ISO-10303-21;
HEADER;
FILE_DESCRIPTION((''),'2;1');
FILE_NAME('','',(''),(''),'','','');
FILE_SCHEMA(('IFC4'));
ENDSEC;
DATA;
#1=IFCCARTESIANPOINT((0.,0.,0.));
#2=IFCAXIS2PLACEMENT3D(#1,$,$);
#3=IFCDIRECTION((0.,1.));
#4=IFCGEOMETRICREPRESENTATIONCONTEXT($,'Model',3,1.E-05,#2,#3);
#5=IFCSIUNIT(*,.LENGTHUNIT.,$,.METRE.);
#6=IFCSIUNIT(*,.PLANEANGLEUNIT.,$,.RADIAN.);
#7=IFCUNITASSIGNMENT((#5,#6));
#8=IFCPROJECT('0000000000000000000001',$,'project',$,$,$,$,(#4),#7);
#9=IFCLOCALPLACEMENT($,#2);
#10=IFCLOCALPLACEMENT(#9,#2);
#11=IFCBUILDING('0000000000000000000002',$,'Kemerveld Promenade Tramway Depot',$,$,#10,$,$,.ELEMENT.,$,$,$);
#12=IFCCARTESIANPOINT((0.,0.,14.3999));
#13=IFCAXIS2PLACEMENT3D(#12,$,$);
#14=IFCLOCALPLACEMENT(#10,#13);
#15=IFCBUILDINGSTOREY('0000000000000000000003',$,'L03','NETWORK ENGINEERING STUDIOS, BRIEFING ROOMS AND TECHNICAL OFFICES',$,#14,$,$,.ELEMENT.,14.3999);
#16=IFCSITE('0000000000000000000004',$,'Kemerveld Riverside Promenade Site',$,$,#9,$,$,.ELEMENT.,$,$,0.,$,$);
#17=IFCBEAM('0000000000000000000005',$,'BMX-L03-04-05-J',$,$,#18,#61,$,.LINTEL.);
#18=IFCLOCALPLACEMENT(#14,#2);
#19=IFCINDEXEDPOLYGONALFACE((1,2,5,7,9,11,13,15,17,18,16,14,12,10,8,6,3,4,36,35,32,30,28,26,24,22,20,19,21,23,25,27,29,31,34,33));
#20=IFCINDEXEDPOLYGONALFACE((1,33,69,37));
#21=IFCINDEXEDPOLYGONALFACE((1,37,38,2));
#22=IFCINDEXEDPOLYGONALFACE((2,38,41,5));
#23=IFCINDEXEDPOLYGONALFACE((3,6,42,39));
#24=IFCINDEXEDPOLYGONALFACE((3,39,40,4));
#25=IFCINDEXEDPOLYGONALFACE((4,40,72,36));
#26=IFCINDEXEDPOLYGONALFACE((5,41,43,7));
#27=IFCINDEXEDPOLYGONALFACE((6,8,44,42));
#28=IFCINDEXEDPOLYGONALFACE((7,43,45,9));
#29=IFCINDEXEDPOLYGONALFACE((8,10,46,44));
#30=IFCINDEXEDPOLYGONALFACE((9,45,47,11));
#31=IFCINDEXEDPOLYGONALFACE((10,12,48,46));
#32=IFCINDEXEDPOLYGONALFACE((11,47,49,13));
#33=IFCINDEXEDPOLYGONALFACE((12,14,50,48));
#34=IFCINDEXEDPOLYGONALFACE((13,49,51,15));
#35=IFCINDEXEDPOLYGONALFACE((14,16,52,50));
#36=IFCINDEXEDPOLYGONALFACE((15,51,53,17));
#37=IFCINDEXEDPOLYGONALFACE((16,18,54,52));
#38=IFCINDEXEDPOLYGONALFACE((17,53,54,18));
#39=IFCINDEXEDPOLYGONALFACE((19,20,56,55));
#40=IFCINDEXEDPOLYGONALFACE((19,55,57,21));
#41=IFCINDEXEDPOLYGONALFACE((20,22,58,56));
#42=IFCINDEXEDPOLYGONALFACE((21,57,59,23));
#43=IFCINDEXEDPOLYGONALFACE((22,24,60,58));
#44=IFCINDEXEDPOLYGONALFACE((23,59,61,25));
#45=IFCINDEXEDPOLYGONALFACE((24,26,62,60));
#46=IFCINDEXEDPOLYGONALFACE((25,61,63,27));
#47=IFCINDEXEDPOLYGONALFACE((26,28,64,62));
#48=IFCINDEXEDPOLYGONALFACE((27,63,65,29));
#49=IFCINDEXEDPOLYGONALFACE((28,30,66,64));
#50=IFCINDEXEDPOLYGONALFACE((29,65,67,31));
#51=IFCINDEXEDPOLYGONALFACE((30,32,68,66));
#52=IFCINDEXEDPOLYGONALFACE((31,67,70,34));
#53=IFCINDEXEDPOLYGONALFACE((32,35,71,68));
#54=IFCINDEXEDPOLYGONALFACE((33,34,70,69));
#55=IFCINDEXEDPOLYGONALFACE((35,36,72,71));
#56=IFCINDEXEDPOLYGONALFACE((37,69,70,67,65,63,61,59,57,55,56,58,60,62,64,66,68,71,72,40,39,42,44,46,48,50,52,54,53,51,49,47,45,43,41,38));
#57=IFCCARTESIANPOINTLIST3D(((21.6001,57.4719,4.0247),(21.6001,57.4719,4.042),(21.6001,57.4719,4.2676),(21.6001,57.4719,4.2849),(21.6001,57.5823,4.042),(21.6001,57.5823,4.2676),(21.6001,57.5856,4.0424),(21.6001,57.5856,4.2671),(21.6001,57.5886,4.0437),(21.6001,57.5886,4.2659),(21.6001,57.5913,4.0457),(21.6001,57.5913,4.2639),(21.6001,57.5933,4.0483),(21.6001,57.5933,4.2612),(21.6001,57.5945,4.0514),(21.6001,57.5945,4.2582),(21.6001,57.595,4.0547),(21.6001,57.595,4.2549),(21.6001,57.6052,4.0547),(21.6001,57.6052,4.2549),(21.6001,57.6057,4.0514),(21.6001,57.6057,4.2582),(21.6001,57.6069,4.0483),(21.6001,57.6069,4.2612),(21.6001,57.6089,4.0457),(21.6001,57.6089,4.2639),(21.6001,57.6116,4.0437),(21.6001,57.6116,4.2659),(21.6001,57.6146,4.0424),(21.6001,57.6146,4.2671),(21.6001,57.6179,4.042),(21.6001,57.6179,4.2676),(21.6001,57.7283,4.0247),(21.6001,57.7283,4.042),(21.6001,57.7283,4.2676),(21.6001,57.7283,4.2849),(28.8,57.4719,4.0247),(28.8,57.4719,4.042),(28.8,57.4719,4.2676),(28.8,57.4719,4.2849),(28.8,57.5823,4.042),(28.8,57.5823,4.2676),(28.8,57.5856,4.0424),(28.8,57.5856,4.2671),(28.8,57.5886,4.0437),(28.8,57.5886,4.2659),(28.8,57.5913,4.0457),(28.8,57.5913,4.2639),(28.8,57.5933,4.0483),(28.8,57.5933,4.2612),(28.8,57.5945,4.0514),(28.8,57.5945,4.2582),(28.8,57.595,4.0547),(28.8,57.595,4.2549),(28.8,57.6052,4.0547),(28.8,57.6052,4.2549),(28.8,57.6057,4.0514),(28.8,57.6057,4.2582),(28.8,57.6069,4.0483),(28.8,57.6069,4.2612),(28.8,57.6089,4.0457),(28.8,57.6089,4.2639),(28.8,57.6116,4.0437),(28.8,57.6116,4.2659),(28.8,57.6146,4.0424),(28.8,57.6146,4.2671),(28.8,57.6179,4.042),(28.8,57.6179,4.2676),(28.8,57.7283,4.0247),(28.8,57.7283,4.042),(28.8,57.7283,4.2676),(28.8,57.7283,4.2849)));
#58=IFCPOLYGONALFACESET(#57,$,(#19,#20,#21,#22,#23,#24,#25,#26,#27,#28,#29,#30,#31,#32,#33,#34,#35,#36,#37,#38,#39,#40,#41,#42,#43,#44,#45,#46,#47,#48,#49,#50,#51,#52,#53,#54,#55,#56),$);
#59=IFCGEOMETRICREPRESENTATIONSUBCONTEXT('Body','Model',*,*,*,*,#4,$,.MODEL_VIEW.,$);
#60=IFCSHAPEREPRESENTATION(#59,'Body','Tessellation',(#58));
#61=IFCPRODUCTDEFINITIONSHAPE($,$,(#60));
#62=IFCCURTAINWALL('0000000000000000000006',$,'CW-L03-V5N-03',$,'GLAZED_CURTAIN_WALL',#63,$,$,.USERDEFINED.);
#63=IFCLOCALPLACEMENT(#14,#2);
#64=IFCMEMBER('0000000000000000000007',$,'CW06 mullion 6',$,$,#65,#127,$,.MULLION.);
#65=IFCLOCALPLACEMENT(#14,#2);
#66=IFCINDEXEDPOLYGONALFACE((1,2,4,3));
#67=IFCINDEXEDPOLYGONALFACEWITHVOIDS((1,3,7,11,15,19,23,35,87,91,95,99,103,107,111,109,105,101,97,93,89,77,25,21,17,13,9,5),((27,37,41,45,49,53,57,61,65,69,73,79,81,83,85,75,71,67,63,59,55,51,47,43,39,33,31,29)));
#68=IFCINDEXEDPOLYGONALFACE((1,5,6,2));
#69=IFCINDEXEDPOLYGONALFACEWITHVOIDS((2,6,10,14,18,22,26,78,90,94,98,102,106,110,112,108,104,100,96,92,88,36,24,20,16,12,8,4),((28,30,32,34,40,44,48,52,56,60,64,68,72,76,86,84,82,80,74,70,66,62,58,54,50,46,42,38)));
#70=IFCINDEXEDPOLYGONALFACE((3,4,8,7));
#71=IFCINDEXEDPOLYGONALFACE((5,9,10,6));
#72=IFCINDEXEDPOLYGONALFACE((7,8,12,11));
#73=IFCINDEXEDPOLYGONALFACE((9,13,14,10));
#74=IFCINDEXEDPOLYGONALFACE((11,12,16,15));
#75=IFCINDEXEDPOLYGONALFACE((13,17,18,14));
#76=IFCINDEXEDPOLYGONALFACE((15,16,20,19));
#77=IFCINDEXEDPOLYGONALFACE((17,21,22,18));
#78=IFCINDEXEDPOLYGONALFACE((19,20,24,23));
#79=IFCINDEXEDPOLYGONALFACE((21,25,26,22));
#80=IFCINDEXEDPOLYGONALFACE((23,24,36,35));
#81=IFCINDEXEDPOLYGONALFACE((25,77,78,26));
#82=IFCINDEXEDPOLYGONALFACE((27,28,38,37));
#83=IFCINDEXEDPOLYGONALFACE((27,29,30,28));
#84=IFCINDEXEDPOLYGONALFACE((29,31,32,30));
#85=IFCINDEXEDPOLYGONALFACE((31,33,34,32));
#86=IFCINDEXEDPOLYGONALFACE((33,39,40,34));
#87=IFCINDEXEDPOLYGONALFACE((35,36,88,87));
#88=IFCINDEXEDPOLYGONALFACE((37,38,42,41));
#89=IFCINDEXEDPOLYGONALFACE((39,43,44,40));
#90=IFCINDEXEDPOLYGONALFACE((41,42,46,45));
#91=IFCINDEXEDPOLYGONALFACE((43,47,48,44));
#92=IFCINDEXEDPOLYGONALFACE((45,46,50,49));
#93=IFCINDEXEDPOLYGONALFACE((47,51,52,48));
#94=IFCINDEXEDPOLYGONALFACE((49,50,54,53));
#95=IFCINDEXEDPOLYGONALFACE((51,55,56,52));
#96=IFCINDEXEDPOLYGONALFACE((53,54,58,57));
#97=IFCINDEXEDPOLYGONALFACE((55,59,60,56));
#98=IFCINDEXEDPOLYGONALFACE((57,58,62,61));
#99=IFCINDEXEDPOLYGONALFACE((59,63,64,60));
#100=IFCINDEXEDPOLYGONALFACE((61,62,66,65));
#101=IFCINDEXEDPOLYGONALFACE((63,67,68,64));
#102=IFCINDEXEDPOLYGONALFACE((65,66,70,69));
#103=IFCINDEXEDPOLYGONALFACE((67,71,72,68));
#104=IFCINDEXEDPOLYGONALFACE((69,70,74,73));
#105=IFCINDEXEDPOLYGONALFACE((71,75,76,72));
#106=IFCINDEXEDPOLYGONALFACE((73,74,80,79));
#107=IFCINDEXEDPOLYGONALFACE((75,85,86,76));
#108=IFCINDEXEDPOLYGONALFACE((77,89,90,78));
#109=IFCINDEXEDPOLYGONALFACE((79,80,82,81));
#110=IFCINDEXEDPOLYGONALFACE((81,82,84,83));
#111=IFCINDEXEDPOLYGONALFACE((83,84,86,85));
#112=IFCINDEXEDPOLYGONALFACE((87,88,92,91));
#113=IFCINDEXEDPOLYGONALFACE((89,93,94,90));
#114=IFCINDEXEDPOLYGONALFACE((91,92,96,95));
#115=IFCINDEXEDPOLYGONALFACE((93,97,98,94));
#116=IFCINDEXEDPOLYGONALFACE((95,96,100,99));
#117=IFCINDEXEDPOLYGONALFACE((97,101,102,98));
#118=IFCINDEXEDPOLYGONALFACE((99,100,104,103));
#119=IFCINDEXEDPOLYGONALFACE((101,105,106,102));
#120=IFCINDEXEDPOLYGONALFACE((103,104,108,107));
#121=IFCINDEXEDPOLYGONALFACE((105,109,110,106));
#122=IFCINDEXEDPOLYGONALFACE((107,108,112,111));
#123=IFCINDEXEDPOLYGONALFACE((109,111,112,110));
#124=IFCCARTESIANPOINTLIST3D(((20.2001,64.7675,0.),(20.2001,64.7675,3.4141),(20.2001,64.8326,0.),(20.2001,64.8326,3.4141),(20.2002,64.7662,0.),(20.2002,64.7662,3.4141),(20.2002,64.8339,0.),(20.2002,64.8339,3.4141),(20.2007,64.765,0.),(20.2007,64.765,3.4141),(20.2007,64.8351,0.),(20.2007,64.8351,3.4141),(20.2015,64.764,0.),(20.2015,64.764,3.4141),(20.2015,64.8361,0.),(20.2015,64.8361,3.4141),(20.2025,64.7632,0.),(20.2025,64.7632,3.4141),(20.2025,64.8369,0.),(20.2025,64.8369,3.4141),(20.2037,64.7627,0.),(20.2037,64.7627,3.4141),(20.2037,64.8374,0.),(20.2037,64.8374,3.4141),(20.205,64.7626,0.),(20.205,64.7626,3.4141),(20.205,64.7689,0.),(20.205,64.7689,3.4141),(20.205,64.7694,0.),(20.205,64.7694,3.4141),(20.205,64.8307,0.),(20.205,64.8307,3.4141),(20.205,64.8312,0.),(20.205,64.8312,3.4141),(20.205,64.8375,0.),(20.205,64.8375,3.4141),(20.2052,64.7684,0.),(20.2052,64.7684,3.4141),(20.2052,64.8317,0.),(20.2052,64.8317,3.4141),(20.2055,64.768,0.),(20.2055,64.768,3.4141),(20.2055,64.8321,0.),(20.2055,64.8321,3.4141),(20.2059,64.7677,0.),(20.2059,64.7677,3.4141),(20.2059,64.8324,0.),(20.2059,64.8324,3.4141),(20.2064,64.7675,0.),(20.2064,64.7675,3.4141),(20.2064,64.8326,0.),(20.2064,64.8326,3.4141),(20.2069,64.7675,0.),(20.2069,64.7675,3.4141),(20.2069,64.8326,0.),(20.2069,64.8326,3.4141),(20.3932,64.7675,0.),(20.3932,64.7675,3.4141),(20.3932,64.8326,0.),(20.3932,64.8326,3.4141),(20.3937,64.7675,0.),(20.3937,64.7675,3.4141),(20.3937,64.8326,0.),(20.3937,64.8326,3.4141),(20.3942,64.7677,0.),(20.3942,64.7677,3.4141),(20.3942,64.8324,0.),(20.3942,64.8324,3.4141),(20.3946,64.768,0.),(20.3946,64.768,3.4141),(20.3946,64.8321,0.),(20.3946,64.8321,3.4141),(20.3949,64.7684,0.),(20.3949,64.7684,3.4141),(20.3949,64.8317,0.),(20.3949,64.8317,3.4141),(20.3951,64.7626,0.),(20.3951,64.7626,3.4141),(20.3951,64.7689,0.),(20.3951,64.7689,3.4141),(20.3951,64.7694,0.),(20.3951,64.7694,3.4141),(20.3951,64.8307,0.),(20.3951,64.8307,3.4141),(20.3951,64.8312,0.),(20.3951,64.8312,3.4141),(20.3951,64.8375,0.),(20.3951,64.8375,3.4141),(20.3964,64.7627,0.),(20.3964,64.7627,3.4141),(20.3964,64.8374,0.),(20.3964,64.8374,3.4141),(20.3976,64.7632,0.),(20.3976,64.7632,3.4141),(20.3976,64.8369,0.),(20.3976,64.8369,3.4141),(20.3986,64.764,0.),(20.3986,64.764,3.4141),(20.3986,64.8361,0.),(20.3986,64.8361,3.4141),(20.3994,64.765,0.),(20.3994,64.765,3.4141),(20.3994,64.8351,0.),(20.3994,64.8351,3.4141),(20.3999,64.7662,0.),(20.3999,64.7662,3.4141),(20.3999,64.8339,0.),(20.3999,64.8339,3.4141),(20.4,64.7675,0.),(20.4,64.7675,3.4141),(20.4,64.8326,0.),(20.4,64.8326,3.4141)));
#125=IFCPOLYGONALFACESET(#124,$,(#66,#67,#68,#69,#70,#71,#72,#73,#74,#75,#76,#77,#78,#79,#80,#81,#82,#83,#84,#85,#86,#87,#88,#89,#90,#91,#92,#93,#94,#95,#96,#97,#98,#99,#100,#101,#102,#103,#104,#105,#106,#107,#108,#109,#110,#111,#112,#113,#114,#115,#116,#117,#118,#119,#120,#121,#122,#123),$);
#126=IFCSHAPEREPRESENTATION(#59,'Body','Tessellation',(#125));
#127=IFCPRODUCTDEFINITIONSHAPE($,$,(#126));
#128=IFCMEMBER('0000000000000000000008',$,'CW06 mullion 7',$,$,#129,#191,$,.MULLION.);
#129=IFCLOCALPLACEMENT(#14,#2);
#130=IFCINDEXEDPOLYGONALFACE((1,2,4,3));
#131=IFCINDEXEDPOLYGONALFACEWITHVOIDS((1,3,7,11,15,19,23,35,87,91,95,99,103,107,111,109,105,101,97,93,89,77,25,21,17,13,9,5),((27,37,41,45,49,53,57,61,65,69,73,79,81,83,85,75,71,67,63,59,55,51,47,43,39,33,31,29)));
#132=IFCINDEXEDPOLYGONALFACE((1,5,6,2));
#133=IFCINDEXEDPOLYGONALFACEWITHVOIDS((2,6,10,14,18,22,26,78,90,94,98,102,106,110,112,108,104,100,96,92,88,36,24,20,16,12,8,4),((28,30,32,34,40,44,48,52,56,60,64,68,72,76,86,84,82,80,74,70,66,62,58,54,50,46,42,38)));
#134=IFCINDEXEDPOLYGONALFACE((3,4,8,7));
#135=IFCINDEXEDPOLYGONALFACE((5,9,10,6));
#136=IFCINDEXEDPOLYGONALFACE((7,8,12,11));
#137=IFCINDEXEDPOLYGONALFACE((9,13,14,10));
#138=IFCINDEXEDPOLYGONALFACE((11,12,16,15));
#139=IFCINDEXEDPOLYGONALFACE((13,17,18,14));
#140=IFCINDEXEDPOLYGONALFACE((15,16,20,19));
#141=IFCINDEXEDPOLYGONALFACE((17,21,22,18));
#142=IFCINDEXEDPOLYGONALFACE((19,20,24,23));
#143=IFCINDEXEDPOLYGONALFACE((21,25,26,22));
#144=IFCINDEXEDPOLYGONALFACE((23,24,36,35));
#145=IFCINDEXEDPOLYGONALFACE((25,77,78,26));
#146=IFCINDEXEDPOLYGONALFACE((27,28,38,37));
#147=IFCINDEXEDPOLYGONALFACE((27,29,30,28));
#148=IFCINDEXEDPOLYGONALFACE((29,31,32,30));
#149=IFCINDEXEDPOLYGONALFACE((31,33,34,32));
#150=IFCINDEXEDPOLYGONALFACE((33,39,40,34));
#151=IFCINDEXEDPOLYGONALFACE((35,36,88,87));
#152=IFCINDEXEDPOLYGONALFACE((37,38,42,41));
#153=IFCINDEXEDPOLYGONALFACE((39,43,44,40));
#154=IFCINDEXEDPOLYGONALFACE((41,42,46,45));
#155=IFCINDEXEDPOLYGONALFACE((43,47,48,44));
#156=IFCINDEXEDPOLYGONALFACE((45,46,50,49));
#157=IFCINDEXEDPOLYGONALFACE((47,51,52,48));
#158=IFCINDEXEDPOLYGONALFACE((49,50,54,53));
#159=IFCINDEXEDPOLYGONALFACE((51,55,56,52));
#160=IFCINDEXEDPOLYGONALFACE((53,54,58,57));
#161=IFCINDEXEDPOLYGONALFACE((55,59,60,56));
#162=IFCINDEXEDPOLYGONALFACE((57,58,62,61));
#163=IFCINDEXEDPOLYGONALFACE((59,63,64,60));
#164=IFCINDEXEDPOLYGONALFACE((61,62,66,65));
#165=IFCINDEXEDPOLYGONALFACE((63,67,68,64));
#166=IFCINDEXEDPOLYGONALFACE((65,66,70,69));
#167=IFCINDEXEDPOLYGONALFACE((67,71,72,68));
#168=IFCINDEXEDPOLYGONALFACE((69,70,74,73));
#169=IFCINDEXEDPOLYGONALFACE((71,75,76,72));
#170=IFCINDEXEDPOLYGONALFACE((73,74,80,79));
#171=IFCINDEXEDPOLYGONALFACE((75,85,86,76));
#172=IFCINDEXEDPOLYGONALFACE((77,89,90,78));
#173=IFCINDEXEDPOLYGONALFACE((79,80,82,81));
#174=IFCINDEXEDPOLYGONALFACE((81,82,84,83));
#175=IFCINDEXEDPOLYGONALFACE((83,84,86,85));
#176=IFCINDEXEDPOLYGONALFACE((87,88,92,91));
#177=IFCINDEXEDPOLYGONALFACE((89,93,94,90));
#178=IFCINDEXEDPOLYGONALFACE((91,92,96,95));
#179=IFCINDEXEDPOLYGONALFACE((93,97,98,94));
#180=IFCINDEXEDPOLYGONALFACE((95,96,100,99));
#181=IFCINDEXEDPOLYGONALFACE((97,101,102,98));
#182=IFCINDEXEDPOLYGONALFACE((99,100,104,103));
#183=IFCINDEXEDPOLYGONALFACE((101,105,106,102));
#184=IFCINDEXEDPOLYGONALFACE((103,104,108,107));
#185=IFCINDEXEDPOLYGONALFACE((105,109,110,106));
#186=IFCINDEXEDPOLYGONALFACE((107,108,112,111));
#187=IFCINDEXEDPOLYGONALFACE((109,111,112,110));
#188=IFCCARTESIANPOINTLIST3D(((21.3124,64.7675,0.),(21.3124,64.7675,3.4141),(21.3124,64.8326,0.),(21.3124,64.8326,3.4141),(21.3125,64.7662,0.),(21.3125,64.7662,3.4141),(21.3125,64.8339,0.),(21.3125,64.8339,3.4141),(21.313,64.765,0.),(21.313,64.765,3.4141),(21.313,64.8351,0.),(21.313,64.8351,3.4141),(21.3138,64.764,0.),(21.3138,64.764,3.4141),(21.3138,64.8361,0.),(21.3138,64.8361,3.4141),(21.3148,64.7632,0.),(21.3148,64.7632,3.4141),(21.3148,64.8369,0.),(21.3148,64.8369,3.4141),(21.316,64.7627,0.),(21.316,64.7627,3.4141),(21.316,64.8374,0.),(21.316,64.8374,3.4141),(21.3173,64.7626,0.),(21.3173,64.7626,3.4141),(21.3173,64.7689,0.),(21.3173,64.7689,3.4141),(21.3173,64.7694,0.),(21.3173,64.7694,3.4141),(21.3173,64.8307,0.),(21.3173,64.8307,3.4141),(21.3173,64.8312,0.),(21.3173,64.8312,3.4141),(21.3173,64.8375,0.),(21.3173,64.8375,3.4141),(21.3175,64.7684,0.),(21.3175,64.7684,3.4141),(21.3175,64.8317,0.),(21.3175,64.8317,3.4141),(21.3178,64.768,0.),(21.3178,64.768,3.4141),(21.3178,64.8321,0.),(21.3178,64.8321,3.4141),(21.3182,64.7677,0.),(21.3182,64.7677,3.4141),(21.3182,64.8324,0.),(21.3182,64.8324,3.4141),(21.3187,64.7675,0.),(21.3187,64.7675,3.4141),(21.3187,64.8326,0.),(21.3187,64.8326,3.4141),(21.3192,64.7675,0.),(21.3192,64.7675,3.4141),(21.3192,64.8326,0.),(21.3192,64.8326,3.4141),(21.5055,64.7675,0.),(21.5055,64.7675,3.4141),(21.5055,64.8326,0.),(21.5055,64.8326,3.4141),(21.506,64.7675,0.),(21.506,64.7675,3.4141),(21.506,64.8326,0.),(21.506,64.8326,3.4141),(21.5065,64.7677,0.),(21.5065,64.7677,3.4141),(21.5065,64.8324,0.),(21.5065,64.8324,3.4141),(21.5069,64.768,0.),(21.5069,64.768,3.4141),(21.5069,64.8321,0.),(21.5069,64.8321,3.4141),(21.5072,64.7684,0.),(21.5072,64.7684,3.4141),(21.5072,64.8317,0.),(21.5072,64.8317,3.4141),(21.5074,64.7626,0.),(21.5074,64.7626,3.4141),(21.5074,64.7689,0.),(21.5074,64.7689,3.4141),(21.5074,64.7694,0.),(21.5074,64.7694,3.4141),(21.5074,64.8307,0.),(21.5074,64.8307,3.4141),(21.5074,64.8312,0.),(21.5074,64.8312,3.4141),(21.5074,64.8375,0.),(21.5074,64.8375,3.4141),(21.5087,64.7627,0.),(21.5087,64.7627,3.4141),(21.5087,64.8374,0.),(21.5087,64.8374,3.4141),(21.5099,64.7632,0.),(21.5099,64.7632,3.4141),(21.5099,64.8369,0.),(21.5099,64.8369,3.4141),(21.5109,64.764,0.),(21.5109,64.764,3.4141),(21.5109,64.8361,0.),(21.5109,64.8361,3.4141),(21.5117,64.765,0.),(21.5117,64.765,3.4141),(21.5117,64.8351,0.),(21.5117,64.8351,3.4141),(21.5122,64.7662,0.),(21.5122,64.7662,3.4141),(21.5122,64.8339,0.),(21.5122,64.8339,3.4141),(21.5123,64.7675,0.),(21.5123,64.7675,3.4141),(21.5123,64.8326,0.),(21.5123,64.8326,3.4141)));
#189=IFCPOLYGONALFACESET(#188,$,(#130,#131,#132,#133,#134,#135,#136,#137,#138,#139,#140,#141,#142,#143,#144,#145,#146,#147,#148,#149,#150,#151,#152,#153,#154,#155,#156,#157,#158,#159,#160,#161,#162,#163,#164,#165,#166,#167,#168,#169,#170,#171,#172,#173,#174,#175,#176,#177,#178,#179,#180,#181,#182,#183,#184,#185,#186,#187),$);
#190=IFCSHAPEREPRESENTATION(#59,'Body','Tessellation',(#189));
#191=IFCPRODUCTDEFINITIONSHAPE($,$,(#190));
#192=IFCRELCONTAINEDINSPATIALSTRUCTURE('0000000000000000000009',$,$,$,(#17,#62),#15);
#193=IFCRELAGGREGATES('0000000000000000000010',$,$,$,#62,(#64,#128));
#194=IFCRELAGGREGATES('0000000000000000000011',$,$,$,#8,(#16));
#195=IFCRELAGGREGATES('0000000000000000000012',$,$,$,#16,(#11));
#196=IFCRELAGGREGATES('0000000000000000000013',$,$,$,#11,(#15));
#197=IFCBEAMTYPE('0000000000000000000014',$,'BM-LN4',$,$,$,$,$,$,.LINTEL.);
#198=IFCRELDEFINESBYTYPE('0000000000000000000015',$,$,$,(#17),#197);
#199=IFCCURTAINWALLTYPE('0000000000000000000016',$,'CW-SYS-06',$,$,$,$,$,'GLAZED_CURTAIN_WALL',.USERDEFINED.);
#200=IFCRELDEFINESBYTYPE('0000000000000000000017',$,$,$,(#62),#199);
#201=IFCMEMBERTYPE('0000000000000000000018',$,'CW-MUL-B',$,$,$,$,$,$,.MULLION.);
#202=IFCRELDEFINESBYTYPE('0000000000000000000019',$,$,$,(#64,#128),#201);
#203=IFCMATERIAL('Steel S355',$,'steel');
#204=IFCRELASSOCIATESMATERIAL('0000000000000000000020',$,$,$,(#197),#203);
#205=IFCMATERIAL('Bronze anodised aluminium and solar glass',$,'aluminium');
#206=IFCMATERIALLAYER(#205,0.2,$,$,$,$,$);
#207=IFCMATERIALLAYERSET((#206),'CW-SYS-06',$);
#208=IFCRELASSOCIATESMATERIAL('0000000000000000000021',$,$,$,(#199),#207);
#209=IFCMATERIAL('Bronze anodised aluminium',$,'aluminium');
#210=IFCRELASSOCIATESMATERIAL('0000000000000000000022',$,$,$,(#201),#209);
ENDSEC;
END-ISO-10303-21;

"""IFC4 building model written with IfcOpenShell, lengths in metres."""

from ifc_helpers import new_model, si_unit, direction, frame, origin, origin_2d, place, context, subcontext, project, spatial, hollow_rectangle, i_section, extrude, material, layer, layer_set, material_profile, profile_set, type_object, element, aggregate, save


model = new_model("IFC4")

# Units and contexts
model_context = context("Model", 3, precision=1e-05, world=origin(), true_north=direction((0.0, 1.0)))
body_context = subcontext(model_context, "Body", "Model", "MODEL_VIEW")
ifc_project = project(units=[si_unit("LENGTHUNIT", "METRE"), si_unit("PLANEANGLEUNIT", "RADIAN")], contexts=[model_context])

# Site, building, storey
site_placement = place(None, origin())
site = spatial("IfcSite", under=ifc_project, at=site_placement, Name="Kemerveld Riverside Promenade Site", CompositionType="ELEMENT", RefElevation=0.0)
building_placement = place(site_placement, origin())
building = spatial("IfcBuilding", under=site, at=building_placement, Name="Kemerveld Promenade Tramway Depot", CompositionType="ELEMENT")
storey_placement = place(building_placement, frame((0.0, 0.0, 14.3999)))
storey = spatial("IfcBuildingStorey", under=building, at=storey_placement, Name="L03", Description="NETWORK ENGINEERING STUDIOS, BRIEFING ROOMS AND TECHNICAL OFFICES", CompositionType="ELEMENT", Elevation=14.3999)

# Shared definitions
ifc_material_1 = material(Name="Steel S355", Category="steel")

# Beam
ifc_material_profile_1 = material_profile(ifc_material_1, i_section(OverallWidth=0.2563, OverallDepth=0.2603, WebThickness=0.0103, FlangeThickness=0.0173, FilletRadius=0.0127, at=origin_2d()), Name="254x254x89 UC")
ifc_profile_set_1 = profile_set([ifc_material_profile_1], Name="Steel S355")
beam_type_1 = type_object("IfcBeamType", Name="BM-LN4", PredefinedType="LINTEL", material=ifc_profile_set_1)
beam_1_placement = place(storey_placement, frame((21.6001, 57.6001, 4.1548), z_axis=(1.0, 0.0, 0.0), x_axis=(0.0, 1.0, 0.0)))
element("IfcBeam", 1, at=beam_1_placement, inside=storey, type_object=beam_type_1, Name="BMX-L03-04-05-J", PredefinedType="LINTEL", context=body_context, shape_type="SweptSolid", body=[
    extrude(i_section(OverallWidth=0.2563, OverallDepth=0.2603, WebThickness=0.0103, FlangeThickness=0.0173, FilletRadius=0.0127, at=origin_2d()), origin(), (0.0, 0.0, 1.0), 7.2),
])

# Curtain wall, members
ifc_material_2 = material(Name="Bronze anodised aluminium and solar glass", Category="aluminium")
ifc_layer_1 = layer(ifc_material_2, 0.2)
ifc_layer_set_1 = layer_set([ifc_layer_1], Name="CW-SYS-06")
curtain_wall_type = type_object("IfcCurtainWallType", Name="CW-SYS-06", ElementType="GLAZED_CURTAIN_WALL", PredefinedType="USERDEFINED", material=ifc_layer_set_1)
curtain_wall_placement = place(storey_placement, origin())
curtain_wall = element("IfcCurtainWall", 2, at=curtain_wall_placement, inside=storey, type_object=curtain_wall_type, Name="CW-L03-V5N-03", ObjectType="GLAZED_CURTAIN_WALL", PredefinedType="USERDEFINED")
ifc_material_3 = material(Name="Bronze anodised aluminium", Category="aluminium")
ifc_material_profile_2 = material_profile(ifc_material_3, hollow_rectangle(XDim=0.075, YDim=0.2, WallThickness=0.0049, InnerFilletRadius=0.002, OuterFilletRadius=0.0049, at=origin_2d()), Name="CW-MUL-200x75")
ifc_profile_set_2 = profile_set([ifc_material_profile_2], Name="Bronze anodised aluminium")
member_type_1 = type_object("IfcMemberType", Name="CW-MUL-B", PredefinedType="MULLION", material=ifc_profile_set_2)
member_1_placement = place(storey_placement, frame((20.3, 64.8, 0.0), z_axis=(0.0, 0.0, 1.0), x_axis=(0.0, 1.0, 0.0)))
member_1 = element("IfcMember", 3, at=member_1_placement, type_object=member_type_1, Name="CW06 mullion 6", PredefinedType="MULLION", context=body_context, shape_type="SweptSolid", body=[
    extrude(hollow_rectangle(XDim=0.075, YDim=0.2, WallThickness=0.0049, InnerFilletRadius=0.002, OuterFilletRadius=0.0049, at=origin_2d()), origin(), (0.0, 0.0, 1.0), 3.4141),
])
member_2_placement = place(storey_placement, frame((21.4124, 64.8, 0.0), z_axis=(0.0, 0.0, 1.0), x_axis=(0.0, 1.0, 0.0)))
member_2 = element("IfcMember", 4, at=member_2_placement, type_object=member_type_1, Name="CW06 mullion 7", PredefinedType="MULLION", context=body_context, shape_type="SweptSolid", body=[
    extrude(hollow_rectangle(XDim=0.075, YDim=0.2, WallThickness=0.0049, InnerFilletRadius=0.002, OuterFilletRadius=0.0049, at=origin_2d()), origin(), (0.0, 0.0, 1.0), 3.4141),
])
aggregate(curtain_wall, [member_1, member_2])

save(model, "model.ifc")
